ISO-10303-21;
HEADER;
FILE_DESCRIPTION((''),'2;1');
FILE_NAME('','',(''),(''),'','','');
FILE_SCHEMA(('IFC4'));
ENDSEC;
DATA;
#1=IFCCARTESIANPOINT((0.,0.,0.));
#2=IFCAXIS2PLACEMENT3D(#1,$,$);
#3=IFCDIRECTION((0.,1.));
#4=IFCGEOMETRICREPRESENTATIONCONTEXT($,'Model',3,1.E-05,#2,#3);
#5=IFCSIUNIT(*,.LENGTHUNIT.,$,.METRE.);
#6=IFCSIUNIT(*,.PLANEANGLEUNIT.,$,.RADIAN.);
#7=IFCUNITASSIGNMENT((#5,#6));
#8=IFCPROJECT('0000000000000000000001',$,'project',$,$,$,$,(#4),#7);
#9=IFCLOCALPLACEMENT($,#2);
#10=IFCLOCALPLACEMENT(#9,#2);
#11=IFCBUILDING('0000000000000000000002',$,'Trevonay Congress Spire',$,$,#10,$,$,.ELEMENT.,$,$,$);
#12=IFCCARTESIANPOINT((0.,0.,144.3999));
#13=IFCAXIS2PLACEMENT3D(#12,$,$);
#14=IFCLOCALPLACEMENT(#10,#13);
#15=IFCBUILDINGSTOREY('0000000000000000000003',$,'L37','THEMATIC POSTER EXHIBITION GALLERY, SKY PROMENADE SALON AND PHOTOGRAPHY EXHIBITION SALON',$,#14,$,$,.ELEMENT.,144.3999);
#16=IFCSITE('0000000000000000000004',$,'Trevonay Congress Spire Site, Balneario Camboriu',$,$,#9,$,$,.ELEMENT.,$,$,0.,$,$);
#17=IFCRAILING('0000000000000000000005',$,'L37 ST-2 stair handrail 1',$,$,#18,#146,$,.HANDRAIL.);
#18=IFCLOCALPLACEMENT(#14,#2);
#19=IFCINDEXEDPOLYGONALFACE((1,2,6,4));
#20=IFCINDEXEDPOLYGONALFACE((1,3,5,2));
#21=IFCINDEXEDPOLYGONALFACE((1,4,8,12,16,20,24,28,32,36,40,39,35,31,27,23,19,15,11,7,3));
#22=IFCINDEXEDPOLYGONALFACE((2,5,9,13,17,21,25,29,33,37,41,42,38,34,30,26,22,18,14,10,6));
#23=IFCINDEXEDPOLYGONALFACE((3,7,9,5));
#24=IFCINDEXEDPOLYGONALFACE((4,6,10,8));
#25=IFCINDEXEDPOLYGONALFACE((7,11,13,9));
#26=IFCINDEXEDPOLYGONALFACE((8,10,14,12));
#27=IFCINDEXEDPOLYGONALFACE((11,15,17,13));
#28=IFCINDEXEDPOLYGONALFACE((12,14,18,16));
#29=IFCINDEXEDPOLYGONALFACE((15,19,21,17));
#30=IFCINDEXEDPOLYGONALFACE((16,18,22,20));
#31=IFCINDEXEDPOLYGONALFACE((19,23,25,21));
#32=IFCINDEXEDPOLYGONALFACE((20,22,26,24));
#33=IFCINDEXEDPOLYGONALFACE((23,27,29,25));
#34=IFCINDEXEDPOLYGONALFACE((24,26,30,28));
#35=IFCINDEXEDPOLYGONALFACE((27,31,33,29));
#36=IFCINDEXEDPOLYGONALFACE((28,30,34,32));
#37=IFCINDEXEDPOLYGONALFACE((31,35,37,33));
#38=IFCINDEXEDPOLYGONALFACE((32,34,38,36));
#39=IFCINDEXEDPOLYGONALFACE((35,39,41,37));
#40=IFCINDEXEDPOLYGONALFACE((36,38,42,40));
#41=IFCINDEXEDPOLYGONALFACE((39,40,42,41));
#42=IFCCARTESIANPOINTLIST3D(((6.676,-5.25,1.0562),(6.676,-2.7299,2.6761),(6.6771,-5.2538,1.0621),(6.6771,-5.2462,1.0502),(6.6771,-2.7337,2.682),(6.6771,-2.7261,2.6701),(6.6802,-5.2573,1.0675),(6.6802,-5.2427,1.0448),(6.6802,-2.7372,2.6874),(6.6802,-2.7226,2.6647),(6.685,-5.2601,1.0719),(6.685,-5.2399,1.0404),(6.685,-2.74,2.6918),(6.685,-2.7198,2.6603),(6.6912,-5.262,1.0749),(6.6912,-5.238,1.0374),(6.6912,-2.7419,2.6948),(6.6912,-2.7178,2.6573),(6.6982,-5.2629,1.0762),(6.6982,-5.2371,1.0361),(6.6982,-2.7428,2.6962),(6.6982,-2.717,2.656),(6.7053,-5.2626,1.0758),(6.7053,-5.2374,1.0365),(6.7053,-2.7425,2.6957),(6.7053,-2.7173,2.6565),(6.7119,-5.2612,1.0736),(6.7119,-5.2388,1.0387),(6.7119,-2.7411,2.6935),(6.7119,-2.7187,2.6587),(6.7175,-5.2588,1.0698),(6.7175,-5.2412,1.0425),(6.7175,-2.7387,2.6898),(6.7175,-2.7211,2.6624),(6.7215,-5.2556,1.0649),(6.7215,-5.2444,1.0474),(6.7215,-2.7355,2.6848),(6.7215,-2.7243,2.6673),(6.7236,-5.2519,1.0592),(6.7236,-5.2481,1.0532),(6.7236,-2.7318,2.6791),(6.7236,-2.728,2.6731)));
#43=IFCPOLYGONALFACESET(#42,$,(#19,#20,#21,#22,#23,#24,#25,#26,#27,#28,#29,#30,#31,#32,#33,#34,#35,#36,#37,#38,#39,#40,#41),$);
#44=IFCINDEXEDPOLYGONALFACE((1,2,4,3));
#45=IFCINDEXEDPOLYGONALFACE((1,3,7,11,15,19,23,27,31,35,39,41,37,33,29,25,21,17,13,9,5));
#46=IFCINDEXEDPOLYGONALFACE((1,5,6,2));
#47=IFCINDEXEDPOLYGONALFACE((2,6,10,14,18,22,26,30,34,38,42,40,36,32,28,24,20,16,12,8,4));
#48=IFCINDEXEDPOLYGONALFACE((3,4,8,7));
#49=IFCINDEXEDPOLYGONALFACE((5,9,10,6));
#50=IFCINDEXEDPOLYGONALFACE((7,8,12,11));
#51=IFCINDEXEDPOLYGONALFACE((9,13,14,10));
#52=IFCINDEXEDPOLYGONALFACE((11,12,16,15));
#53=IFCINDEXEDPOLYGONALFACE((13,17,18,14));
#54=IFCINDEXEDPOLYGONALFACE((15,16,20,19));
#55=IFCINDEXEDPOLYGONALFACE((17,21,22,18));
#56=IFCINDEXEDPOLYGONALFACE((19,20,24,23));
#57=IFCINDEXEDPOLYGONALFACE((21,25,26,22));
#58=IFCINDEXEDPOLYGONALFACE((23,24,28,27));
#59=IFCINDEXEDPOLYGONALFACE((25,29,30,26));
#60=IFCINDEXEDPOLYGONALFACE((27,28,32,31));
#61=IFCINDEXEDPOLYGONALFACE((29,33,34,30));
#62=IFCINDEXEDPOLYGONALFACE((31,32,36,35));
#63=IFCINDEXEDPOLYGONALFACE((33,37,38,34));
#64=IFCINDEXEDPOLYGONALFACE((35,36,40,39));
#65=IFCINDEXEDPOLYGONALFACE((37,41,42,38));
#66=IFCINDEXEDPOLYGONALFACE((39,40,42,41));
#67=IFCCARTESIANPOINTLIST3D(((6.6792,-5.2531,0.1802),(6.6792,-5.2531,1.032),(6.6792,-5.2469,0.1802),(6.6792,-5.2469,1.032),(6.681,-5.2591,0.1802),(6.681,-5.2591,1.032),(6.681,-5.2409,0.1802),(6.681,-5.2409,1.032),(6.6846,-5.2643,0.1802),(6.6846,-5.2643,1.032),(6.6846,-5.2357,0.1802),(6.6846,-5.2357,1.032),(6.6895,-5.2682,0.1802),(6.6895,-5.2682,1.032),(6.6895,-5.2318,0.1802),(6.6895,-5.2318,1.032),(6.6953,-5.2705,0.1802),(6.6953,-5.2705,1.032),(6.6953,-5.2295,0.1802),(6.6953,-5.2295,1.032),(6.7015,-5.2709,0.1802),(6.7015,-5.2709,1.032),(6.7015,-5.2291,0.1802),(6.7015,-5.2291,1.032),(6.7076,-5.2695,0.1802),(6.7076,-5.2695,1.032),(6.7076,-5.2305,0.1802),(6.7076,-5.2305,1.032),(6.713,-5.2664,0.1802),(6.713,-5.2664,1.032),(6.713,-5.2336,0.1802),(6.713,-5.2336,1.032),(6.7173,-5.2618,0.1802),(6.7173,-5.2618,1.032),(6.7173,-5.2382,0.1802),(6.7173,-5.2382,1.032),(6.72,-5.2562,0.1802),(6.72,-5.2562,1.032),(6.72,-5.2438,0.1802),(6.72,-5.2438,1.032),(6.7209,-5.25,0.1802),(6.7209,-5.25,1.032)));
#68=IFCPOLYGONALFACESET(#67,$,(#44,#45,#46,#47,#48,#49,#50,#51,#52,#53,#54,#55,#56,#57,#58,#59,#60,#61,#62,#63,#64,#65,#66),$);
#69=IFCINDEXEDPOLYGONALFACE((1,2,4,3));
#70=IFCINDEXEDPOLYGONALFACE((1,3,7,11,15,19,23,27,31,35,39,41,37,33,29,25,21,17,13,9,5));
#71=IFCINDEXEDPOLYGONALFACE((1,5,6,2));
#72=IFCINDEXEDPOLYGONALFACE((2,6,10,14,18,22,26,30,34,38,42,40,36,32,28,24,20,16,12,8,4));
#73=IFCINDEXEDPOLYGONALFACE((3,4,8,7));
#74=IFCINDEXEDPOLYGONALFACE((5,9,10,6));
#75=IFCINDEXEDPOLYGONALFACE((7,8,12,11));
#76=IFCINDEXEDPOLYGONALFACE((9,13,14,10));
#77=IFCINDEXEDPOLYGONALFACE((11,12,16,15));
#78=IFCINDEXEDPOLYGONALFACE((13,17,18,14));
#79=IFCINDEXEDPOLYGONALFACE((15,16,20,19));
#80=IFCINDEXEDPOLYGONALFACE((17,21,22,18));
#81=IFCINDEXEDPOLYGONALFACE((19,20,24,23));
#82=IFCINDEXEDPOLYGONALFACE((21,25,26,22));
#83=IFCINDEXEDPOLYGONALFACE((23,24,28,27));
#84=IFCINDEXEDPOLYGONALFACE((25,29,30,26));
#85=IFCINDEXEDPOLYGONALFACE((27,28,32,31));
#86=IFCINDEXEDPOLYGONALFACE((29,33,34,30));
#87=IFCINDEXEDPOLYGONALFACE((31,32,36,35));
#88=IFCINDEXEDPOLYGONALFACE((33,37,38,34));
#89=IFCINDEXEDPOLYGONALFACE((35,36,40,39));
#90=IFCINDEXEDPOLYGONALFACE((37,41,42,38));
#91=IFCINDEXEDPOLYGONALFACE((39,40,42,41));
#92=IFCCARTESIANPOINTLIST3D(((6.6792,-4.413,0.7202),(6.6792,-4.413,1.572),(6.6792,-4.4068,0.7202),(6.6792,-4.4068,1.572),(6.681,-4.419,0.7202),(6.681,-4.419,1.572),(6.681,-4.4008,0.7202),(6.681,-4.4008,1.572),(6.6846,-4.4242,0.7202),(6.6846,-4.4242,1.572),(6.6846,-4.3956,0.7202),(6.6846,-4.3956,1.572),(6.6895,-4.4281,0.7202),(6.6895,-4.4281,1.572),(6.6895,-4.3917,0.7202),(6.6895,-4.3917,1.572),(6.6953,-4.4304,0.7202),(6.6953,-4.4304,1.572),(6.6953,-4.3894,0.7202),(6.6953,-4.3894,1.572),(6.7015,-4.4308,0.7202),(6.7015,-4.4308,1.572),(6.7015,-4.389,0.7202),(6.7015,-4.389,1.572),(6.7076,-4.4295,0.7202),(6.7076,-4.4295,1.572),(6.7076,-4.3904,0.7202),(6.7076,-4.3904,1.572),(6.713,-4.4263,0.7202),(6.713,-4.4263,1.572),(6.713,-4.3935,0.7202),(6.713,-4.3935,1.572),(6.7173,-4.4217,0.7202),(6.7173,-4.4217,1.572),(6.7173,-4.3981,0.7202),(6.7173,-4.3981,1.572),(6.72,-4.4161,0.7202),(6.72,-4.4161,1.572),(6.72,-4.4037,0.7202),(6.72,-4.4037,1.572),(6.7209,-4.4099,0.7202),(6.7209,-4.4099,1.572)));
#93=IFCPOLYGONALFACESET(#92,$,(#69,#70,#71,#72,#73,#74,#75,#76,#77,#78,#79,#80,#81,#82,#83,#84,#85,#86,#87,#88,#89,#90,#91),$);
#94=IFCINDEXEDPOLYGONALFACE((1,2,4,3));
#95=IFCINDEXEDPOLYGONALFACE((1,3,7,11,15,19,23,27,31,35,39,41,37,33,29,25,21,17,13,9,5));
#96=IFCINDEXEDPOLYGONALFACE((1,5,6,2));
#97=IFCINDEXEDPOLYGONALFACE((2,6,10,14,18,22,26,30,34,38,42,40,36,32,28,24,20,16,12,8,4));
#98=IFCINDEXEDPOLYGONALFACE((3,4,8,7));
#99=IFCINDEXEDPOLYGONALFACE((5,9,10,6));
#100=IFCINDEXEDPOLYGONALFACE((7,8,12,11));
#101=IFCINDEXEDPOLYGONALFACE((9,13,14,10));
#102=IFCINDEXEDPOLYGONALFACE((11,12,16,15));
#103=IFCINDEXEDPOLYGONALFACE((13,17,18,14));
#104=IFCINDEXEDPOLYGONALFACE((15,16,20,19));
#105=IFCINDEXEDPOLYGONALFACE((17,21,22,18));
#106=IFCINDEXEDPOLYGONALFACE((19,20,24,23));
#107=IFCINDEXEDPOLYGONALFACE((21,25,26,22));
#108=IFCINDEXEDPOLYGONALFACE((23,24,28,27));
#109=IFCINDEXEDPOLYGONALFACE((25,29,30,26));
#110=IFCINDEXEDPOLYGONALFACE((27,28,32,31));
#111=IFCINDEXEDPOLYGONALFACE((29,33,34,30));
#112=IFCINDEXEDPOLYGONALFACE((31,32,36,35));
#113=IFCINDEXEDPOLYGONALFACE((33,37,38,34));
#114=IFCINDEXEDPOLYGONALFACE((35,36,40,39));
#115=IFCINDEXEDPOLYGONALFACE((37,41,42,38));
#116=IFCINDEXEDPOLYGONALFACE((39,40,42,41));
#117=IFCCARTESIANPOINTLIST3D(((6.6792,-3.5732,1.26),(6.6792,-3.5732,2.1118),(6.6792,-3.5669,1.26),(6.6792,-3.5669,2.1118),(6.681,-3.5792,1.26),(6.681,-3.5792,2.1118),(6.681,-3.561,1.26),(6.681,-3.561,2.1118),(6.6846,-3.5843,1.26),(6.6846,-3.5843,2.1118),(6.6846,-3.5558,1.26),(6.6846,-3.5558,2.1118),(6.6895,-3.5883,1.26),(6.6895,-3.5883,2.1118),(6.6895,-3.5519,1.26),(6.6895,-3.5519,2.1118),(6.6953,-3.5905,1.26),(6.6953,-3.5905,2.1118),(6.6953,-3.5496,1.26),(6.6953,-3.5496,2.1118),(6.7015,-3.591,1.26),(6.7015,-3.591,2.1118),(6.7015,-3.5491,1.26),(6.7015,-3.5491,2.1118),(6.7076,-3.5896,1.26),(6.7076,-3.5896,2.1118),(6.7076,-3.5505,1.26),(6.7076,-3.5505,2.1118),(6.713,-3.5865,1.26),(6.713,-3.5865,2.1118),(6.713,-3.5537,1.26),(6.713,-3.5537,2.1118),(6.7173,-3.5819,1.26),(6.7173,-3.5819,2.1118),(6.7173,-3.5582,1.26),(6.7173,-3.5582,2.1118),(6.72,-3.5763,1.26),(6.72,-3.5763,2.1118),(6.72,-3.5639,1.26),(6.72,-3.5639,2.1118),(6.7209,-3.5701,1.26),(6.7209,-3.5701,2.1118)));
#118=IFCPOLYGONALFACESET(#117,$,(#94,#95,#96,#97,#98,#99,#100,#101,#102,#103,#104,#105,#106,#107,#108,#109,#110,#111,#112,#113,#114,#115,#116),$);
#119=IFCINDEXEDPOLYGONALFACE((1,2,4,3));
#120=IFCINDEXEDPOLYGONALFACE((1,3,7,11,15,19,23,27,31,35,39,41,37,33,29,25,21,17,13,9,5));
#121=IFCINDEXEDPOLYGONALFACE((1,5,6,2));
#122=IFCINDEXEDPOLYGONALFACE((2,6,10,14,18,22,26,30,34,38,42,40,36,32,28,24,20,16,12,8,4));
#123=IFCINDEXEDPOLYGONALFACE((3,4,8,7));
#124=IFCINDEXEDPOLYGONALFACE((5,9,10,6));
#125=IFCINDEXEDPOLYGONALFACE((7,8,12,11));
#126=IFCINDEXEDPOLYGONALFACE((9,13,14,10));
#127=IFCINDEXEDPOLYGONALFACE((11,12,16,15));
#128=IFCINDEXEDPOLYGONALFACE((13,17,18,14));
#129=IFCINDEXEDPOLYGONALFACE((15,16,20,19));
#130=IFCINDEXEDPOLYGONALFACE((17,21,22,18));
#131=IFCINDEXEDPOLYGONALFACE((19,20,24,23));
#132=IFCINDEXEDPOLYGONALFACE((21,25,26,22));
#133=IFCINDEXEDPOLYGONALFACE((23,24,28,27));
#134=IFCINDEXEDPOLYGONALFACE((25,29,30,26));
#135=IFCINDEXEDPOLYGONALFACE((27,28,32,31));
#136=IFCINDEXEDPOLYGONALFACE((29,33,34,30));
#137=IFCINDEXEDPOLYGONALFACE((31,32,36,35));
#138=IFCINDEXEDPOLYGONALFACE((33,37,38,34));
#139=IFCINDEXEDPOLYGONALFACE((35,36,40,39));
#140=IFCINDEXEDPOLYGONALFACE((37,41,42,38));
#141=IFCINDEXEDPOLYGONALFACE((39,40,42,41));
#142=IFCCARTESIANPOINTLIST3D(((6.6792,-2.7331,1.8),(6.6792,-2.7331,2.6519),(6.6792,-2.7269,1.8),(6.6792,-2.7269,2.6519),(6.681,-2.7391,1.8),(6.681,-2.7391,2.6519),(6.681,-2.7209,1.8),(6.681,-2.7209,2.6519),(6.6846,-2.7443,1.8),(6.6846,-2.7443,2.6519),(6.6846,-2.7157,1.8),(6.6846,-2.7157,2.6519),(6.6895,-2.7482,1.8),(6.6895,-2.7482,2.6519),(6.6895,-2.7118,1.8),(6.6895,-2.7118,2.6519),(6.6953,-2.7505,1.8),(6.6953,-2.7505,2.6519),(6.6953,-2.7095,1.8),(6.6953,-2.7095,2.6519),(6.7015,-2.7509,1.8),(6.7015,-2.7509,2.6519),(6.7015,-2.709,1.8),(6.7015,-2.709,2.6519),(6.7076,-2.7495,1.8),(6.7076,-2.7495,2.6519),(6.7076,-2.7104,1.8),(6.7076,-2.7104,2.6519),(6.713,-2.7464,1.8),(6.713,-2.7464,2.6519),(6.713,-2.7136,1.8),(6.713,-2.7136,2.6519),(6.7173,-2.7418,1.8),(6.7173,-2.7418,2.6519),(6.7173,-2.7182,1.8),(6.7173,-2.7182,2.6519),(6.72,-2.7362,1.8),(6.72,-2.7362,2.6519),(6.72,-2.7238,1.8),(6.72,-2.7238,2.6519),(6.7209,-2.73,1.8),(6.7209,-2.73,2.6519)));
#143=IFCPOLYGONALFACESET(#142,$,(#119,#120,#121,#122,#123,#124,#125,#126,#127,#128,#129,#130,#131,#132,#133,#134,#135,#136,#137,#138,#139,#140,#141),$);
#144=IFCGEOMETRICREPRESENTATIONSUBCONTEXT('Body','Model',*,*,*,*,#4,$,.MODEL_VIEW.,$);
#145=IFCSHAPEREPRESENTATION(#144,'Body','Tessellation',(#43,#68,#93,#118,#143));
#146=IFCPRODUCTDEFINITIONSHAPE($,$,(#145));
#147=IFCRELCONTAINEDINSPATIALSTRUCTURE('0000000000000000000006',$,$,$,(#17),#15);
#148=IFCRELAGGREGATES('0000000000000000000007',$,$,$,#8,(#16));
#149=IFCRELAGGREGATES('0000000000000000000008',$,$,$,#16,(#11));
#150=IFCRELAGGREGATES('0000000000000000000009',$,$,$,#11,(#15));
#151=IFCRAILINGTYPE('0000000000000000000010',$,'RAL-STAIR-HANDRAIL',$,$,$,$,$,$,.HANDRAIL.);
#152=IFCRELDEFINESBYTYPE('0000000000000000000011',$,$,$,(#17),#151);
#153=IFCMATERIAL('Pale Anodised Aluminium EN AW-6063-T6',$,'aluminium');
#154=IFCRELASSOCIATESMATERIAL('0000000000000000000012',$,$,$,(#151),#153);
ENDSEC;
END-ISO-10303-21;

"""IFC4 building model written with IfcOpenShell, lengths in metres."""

from ifc_helpers import new_model, si_unit, direction, frame, origin, origin_2d, place, context, subcontext, project, spatial, circle, extrude, material, type_object, element, save


model = new_model("IFC4")

# Units and contexts
model_context = context("Model", 3, precision=1e-05, world=origin(), true_north=direction((0.0, 1.0)))
body_context = subcontext(model_context, "Body", "Model", "MODEL_VIEW")
ifc_project = project(units=[si_unit("LENGTHUNIT", "METRE"), si_unit("PLANEANGLEUNIT", "RADIAN")], contexts=[model_context])

# Site, building, storey
site_placement = place(None, origin())
site = spatial("IfcSite", under=ifc_project, at=site_placement, Name="Trevonay Congress Spire Site, Balneario Camboriu", CompositionType="ELEMENT", RefElevation=0.0)
building_placement = place(site_placement, origin())
building = spatial("IfcBuilding", under=site, at=building_placement, Name="Trevonay Congress Spire", CompositionType="ELEMENT")
storey_placement = place(building_placement, frame((0.0, 0.0, 144.3999)))
storey = spatial("IfcBuildingStorey", under=building, at=storey_placement, Name="L37", Description="THEMATIC POSTER EXHIBITION GALLERY, SKY PROMENADE SALON AND PHOTOGRAPHY EXHIBITION SALON", CompositionType="ELEMENT", Elevation=144.3999)

# Shared definitions
ifc_material_1 = material(Name="Pale Anodised Aluminium EN AW-6063-T6", Category="aluminium")

# Railing
railing_type_1 = type_object("IfcRailingType", Name="RAL-STAIR-HANDRAIL", PredefinedType="HANDRAIL", material=ifc_material_1)
railing_1_placement = place(storey_placement, frame((6.7, -5.25, 0.1802)))
element("IfcRailing", 1, at=railing_1_placement, inside=storey, type_object=railing_type_1, Name="L37 ST-2 stair handrail 1", PredefinedType="HANDRAIL", context=body_context, shape_type="SweptSolid", body=[
    extrude(circle(Radius=0.0239, at=origin_2d()), frame((0.0, 0.0, 0.876), z_axis=(0.0, 0.8412, 0.540725), x_axis=(-1.0, 0.0, 0.0)), (0.0, 0.0, 1.0), 2.9958),
    extrude(circle(Radius=0.021, at=origin_2d()), origin(), (0.0, 0.0, 1.0), 0.8518),
    extrude(circle(Radius=0.021, at=origin_2d()), frame((0.0, 0.8401, 0.54)), (0.0, 0.0, 1.0), 0.8518),
    extrude(circle(Radius=0.021, at=origin_2d()), frame((0.0, 1.6799, 1.0798)), (0.0, 0.0, 1.0), 0.8518),
    extrude(circle(Radius=0.021, at=origin_2d()), frame((0.0, 2.52, 1.6199)), (0.0, 0.0, 1.0), 0.8518),
])

save(model, "model.ifc")
